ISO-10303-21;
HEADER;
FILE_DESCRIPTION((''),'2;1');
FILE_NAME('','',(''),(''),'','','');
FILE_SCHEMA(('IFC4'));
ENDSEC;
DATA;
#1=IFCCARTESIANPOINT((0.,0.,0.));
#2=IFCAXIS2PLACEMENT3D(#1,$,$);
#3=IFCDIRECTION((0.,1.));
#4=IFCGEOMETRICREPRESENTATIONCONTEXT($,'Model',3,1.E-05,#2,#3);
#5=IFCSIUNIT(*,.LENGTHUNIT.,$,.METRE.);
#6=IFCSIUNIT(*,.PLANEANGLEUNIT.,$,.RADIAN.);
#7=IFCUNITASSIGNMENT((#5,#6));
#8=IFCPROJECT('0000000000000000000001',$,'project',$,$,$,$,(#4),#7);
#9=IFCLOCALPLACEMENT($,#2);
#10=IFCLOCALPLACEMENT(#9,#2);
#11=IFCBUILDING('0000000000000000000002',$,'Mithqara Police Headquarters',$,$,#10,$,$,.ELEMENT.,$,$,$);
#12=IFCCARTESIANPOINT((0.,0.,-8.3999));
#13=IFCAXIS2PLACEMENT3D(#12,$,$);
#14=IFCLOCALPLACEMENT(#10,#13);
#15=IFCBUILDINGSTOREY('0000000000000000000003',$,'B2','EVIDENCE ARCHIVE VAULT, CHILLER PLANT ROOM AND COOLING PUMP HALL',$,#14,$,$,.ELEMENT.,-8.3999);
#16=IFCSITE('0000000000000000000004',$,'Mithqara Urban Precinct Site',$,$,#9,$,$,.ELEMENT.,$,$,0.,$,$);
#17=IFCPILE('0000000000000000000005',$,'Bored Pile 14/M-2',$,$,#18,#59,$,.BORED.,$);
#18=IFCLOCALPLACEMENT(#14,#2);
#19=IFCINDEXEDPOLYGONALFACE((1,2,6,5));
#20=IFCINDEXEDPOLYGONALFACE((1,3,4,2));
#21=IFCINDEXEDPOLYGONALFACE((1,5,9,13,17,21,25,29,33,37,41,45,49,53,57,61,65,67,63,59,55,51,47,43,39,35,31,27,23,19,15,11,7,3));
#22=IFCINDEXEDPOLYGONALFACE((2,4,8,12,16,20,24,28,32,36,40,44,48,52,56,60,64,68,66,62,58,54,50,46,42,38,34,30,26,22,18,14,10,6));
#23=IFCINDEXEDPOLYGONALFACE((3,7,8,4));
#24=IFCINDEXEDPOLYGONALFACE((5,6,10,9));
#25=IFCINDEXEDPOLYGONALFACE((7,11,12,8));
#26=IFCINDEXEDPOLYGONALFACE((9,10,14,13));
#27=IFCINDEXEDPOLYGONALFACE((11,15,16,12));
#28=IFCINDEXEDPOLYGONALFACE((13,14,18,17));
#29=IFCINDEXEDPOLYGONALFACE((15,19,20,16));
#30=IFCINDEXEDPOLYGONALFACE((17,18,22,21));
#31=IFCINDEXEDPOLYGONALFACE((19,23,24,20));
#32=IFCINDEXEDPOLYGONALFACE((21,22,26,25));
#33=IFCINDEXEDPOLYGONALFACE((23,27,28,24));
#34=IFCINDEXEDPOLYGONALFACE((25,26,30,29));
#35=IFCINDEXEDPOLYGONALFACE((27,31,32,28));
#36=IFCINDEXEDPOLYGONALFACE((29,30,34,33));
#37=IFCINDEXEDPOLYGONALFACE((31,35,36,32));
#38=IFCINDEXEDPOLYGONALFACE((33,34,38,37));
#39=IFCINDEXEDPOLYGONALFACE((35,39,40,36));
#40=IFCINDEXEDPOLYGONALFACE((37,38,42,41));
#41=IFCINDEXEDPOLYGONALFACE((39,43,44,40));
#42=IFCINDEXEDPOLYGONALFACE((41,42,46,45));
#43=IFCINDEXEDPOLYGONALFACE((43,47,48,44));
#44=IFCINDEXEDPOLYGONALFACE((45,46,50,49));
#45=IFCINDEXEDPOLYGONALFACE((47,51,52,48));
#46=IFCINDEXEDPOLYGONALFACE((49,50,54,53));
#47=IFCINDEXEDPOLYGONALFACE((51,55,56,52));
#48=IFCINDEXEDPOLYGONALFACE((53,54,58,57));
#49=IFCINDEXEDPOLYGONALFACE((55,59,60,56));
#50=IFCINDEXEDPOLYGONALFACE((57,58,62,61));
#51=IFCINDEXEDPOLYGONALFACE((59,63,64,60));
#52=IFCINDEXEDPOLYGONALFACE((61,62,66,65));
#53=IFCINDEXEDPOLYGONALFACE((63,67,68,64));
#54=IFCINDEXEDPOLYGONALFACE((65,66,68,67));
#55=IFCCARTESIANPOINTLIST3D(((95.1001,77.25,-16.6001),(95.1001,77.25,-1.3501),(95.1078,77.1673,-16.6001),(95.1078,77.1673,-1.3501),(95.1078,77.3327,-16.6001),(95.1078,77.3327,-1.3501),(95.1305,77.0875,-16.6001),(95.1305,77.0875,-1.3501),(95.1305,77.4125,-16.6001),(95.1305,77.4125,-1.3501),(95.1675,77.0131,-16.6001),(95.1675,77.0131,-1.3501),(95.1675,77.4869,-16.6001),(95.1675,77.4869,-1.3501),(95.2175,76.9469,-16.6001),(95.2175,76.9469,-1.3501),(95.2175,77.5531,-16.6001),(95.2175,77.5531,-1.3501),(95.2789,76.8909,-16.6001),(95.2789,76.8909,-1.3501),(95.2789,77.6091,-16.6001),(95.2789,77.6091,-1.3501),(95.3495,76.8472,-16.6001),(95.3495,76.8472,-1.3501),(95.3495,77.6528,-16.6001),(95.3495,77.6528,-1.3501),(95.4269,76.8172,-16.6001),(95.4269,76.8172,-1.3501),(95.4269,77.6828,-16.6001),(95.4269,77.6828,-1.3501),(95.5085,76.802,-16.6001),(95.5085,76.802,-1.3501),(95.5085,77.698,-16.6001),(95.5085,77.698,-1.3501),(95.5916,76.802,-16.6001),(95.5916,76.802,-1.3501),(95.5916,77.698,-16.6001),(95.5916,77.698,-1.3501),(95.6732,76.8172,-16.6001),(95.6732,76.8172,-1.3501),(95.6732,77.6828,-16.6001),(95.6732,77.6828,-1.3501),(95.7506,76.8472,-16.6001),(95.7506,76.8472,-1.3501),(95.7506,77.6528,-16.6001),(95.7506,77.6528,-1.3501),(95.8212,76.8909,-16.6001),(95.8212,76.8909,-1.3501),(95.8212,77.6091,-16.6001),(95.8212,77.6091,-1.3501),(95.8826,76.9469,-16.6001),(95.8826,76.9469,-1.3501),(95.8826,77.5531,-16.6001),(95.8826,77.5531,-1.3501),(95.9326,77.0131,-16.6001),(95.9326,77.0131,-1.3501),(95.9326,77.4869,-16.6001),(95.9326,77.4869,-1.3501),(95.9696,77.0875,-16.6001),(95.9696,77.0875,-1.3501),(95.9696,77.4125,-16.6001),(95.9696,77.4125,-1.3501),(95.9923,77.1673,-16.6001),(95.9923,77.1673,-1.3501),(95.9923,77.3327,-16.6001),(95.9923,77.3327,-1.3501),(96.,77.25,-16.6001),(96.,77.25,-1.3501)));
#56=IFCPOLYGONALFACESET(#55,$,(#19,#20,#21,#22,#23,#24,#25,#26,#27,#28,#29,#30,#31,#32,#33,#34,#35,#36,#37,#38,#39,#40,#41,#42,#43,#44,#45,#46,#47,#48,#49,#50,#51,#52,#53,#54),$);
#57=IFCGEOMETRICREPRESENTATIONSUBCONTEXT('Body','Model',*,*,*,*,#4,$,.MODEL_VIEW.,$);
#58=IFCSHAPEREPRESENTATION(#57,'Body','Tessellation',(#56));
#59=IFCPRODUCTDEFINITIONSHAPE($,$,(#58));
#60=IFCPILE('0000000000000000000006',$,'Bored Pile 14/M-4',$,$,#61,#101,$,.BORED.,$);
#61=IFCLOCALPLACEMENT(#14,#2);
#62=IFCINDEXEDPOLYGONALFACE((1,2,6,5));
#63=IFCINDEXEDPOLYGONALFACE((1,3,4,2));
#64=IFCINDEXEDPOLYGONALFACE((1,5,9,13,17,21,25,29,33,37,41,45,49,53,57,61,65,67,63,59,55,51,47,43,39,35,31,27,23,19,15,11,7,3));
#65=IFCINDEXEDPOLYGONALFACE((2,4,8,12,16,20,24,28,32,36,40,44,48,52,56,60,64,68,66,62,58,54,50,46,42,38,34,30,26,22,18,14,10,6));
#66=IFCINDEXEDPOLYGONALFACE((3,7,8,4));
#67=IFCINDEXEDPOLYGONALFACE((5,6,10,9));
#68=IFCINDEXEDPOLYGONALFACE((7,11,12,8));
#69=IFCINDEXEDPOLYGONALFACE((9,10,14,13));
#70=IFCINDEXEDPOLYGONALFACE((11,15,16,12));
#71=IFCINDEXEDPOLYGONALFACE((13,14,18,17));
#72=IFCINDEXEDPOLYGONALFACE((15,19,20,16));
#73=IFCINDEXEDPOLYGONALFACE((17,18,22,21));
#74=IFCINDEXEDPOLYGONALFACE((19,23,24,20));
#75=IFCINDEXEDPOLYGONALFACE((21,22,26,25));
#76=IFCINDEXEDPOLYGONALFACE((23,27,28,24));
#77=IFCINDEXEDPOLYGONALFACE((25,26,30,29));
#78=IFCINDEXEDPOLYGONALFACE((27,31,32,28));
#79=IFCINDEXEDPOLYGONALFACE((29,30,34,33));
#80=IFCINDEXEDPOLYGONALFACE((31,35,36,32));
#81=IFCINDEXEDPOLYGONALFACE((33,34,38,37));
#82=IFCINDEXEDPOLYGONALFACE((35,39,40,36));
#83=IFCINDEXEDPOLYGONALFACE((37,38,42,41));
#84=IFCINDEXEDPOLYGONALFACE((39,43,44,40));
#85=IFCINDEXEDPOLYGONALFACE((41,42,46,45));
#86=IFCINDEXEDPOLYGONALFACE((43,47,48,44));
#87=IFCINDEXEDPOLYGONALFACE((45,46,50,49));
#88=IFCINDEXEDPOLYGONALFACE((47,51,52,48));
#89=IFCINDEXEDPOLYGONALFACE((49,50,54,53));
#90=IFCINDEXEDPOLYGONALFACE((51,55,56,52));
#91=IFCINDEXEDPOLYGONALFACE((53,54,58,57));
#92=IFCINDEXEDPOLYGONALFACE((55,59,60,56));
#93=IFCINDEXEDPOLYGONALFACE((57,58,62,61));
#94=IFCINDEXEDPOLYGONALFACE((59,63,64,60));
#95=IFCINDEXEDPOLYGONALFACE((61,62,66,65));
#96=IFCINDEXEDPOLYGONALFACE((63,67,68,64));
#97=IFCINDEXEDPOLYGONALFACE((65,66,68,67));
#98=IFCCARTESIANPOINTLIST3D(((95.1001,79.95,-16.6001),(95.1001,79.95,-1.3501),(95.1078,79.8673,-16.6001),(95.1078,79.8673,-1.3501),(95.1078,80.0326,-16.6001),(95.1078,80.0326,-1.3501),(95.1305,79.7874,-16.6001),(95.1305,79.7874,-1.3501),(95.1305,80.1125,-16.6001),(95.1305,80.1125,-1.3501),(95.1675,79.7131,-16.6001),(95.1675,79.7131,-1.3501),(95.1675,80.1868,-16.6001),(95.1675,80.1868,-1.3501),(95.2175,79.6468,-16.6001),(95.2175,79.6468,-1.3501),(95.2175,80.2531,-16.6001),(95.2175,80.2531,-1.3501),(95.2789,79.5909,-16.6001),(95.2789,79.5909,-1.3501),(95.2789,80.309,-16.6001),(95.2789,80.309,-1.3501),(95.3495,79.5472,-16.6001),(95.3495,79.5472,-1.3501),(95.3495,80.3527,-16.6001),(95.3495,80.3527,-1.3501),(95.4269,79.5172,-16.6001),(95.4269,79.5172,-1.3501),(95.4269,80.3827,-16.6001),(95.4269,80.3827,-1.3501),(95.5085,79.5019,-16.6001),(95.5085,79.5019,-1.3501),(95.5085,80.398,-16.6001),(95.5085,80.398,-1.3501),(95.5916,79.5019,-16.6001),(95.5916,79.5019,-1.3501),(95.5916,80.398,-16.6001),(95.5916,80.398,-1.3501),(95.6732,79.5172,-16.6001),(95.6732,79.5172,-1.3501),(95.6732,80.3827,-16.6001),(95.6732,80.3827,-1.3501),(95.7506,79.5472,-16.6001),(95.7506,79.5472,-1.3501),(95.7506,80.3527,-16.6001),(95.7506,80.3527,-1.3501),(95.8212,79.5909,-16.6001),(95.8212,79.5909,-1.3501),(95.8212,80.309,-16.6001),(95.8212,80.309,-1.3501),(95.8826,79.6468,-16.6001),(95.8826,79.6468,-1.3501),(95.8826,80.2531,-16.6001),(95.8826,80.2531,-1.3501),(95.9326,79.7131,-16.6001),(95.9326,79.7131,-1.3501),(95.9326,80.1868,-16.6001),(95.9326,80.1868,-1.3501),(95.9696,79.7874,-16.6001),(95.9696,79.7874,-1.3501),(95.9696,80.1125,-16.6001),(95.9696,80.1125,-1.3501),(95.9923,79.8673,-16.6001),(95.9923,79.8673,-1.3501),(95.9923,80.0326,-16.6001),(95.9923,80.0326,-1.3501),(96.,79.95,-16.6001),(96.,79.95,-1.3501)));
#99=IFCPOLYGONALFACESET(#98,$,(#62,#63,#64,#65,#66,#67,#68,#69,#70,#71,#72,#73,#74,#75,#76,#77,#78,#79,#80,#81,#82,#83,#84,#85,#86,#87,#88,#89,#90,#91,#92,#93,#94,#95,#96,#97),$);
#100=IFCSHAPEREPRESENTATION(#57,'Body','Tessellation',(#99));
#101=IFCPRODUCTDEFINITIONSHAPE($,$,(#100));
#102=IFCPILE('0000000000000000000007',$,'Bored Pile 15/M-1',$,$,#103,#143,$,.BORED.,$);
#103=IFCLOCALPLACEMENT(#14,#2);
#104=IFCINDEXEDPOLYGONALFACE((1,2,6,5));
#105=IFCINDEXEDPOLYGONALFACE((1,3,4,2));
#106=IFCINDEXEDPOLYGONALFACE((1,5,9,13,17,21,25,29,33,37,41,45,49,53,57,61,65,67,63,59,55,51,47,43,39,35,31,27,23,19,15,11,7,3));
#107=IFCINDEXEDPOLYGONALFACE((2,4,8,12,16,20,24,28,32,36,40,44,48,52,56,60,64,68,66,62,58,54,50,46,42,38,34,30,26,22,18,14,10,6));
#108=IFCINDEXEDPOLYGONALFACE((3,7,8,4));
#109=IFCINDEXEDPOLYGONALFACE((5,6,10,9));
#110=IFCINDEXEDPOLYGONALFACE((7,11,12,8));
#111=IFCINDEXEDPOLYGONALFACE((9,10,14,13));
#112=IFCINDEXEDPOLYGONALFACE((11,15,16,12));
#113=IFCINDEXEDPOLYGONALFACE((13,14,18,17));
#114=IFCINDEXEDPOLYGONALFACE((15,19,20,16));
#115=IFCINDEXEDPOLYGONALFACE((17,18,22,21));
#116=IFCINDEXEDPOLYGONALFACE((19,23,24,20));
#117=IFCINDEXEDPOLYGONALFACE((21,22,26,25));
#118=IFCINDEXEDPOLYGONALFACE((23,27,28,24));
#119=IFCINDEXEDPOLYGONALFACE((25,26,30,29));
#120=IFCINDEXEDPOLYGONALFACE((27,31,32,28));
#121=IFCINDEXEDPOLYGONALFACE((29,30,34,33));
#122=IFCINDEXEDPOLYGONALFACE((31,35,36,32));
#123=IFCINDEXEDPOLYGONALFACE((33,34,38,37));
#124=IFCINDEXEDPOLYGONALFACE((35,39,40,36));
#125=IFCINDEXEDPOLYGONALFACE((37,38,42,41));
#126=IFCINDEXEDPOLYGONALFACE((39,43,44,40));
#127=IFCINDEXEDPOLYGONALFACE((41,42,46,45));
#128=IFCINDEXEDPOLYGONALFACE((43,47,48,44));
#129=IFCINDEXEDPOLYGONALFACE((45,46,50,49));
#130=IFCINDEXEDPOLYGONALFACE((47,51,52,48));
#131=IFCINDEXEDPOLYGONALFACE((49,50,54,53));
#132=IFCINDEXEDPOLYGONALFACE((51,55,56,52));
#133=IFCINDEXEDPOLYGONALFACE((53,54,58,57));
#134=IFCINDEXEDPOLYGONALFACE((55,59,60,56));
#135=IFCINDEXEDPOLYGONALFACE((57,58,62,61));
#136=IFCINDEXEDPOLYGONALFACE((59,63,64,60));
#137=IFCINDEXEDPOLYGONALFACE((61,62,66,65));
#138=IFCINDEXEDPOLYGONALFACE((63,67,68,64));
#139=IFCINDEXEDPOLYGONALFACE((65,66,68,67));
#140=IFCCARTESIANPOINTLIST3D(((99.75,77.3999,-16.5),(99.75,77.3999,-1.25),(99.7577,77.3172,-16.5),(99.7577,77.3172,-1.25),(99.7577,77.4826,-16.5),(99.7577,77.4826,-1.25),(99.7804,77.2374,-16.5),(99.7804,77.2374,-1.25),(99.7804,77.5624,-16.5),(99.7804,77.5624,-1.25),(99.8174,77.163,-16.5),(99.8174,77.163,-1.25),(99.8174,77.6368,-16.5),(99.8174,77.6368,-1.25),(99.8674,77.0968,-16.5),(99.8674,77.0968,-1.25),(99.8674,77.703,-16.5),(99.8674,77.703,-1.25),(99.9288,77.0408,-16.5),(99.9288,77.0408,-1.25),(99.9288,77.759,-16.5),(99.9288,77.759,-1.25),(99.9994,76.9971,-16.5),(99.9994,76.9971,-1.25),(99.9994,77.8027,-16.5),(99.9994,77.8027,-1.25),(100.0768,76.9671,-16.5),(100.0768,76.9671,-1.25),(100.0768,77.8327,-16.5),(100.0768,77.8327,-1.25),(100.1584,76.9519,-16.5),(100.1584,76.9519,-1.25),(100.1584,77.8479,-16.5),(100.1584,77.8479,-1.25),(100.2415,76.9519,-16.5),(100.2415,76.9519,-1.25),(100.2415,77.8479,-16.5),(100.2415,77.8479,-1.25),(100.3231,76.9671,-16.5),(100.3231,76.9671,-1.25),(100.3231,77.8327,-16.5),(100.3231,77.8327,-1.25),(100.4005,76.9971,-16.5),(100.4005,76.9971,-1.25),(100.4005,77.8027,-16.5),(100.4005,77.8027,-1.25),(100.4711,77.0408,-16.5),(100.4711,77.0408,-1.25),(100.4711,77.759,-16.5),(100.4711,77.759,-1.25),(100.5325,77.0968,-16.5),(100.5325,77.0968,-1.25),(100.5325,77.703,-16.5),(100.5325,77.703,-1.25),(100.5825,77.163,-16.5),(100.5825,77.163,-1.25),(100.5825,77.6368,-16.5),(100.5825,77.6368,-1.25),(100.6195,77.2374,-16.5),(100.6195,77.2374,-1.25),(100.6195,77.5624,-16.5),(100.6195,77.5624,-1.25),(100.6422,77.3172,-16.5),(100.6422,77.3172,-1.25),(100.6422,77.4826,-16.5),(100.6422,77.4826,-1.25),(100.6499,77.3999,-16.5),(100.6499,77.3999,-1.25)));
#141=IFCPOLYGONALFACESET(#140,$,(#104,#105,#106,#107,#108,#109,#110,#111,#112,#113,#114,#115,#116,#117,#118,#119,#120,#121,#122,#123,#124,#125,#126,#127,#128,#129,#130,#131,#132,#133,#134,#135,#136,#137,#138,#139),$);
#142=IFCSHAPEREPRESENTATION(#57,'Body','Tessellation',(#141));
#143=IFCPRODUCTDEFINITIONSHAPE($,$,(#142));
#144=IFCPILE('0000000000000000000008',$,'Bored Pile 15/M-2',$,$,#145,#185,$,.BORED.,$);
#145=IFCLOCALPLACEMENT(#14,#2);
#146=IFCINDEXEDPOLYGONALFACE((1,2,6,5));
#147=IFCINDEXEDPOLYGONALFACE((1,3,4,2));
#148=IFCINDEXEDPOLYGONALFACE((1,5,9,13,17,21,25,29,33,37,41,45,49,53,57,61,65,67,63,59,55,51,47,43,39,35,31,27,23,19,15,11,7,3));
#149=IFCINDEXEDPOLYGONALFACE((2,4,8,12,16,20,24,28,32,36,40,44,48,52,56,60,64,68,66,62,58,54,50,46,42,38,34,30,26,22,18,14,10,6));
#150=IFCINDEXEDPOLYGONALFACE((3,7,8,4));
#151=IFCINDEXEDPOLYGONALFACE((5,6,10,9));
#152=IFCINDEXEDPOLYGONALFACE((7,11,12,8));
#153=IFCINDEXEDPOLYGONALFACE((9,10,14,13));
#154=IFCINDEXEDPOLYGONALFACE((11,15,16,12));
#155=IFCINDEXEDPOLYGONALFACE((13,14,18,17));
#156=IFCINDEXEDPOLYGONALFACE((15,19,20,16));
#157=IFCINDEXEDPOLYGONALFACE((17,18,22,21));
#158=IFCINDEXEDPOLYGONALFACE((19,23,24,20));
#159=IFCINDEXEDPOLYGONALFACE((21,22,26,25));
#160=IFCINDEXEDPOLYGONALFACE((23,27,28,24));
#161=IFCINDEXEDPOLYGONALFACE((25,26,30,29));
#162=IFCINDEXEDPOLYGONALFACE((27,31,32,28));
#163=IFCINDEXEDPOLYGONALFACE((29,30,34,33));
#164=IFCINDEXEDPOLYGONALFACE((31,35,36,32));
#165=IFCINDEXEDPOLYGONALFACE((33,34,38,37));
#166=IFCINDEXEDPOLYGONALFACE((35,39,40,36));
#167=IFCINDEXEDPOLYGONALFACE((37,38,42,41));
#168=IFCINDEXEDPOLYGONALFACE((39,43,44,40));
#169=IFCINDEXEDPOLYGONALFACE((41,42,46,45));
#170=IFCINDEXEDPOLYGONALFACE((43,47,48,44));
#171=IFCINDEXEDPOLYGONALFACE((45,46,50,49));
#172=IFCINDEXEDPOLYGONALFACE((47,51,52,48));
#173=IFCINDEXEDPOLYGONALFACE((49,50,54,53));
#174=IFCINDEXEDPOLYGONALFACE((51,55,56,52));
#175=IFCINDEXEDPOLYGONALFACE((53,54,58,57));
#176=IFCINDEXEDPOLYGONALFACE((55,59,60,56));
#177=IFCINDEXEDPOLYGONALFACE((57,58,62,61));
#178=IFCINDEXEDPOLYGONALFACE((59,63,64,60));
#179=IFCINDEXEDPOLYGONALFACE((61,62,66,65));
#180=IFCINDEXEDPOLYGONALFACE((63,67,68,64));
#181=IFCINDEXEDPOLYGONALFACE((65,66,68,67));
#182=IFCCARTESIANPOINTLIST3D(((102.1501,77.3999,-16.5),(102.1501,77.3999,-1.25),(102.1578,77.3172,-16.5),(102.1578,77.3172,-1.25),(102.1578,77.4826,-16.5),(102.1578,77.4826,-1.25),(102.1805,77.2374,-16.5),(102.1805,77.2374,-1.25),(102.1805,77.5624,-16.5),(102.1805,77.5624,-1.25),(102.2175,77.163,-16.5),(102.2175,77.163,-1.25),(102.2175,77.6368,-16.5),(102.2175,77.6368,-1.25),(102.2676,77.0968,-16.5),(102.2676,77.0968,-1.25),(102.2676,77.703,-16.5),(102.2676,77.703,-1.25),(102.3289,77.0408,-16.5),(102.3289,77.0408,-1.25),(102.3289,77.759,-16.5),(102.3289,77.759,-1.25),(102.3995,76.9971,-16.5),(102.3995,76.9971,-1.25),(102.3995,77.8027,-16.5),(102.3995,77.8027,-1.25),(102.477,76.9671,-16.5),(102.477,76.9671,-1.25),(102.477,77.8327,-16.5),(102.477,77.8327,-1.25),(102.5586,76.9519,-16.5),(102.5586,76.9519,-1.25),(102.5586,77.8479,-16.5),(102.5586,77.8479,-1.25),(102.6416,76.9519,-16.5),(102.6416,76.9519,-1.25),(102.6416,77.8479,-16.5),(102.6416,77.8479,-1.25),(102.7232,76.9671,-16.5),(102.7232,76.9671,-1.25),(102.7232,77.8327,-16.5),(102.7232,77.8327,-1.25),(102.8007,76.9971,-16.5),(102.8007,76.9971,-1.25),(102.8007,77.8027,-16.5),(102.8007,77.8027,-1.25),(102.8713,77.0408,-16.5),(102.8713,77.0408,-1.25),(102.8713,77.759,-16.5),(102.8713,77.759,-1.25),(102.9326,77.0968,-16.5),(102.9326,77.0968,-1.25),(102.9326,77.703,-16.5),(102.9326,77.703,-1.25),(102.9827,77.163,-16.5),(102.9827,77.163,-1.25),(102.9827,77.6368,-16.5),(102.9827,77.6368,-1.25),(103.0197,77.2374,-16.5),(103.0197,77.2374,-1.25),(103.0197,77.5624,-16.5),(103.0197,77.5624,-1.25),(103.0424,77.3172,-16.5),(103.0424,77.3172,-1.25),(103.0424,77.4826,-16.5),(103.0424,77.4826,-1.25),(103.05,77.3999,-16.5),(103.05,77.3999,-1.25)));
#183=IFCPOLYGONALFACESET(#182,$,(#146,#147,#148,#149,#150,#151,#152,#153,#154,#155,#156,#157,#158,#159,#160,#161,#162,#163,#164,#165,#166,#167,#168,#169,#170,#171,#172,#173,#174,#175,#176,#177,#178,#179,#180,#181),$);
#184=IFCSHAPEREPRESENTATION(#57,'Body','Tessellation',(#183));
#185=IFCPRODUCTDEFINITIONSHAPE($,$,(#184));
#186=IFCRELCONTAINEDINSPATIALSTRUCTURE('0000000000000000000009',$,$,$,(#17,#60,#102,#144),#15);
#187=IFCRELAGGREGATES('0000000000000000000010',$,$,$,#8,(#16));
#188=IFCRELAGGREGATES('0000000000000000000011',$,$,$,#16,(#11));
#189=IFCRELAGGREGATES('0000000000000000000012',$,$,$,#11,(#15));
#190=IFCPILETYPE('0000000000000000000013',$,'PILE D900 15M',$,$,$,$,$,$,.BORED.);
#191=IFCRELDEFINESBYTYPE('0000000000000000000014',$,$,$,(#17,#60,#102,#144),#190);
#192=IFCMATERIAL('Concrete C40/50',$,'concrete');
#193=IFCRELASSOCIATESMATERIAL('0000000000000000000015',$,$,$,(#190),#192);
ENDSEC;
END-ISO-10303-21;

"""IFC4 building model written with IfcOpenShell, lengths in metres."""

from ifc_helpers import new_model, si_unit, direction, frame, origin, origin_2d, place, context, subcontext, project, spatial, circle, extrude, material, material_profile, profile_set, type_object, element, save


model = new_model("IFC4")

# Units and contexts
model_context = context("Model", 3, precision=1e-05, world=origin(), true_north=direction((0.0, 1.0)))
body_context = subcontext(model_context, "Body", "Model", "MODEL_VIEW")
ifc_project = project(units=[si_unit("LENGTHUNIT", "METRE"), si_unit("PLANEANGLEUNIT", "RADIAN")], contexts=[model_context])

# Site, building, storey
site_placement = place(None, origin())
site = spatial("IfcSite", under=ifc_project, at=site_placement, Name="Mithqara Urban Precinct Site", CompositionType="ELEMENT", RefElevation=0.0)
building_placement = place(site_placement, origin())
building = spatial("IfcBuilding", under=site, at=building_placement, Name="Mithqara Police Headquarters", CompositionType="ELEMENT")
storey_placement = place(building_placement, frame((0.0, 0.0, -8.3999)))
storey = spatial("IfcBuildingStorey", under=building, at=storey_placement, Name="B2", Description="EVIDENCE ARCHIVE VAULT, CHILLER PLANT ROOM AND COOLING PUMP HALL", CompositionType="ELEMENT", Elevation=-8.3999)

# Shared definitions
ifc_material_1 = material(Name="Concrete C40/50", Category="concrete")

# Piles
ifc_material_profile_1 = material_profile(ifc_material_1, circle(Radius=0.45, at=origin_2d()), Name="PILE D900")
ifc_profile_set_1 = profile_set([ifc_material_profile_1], Name="Concrete C40/50")
pile_type_1 = type_object("IfcPileType", Name="PILE D900 15M", PredefinedType="BORED", material=ifc_profile_set_1)
for number, where, z_axis, x_axis, name in (
    (1, (95.55, 77.25, -1.3501), (0.0, 0.0, -1.0), (1.0, 0.0, 0.0), "Bored Pile 14/M-2"),
    (2, (95.55, 79.95, -1.3501), (0.0, 0.0, -1.0), (1.0, 0.0, 0.0), "Bored Pile 14/M-4"),
    (3, (100.2, 77.3999, -1.25), (0.0, 0.0, -1.0), (1.0, 0.0, 0.0), "Bored Pile 15/M-1"),
    (4, (102.6001, 77.3999, -1.25), (0.0, 0.0, -1.0), (1.0, 0.0, 0.0), "Bored Pile 15/M-2"),
):
    element("IfcPile", number, at=place(storey_placement, frame(where, z_axis=z_axis, x_axis=x_axis)), inside=storey, type_object=pile_type_1, Name=name, PredefinedType="BORED", context=body_context, shape_type="SweptSolid", body=[
        extrude(circle(Radius=0.45, at=origin_2d()), origin(), (0.0, 0.0, 1.0), 15.25),
    ])

save(model, "model.ifc")
